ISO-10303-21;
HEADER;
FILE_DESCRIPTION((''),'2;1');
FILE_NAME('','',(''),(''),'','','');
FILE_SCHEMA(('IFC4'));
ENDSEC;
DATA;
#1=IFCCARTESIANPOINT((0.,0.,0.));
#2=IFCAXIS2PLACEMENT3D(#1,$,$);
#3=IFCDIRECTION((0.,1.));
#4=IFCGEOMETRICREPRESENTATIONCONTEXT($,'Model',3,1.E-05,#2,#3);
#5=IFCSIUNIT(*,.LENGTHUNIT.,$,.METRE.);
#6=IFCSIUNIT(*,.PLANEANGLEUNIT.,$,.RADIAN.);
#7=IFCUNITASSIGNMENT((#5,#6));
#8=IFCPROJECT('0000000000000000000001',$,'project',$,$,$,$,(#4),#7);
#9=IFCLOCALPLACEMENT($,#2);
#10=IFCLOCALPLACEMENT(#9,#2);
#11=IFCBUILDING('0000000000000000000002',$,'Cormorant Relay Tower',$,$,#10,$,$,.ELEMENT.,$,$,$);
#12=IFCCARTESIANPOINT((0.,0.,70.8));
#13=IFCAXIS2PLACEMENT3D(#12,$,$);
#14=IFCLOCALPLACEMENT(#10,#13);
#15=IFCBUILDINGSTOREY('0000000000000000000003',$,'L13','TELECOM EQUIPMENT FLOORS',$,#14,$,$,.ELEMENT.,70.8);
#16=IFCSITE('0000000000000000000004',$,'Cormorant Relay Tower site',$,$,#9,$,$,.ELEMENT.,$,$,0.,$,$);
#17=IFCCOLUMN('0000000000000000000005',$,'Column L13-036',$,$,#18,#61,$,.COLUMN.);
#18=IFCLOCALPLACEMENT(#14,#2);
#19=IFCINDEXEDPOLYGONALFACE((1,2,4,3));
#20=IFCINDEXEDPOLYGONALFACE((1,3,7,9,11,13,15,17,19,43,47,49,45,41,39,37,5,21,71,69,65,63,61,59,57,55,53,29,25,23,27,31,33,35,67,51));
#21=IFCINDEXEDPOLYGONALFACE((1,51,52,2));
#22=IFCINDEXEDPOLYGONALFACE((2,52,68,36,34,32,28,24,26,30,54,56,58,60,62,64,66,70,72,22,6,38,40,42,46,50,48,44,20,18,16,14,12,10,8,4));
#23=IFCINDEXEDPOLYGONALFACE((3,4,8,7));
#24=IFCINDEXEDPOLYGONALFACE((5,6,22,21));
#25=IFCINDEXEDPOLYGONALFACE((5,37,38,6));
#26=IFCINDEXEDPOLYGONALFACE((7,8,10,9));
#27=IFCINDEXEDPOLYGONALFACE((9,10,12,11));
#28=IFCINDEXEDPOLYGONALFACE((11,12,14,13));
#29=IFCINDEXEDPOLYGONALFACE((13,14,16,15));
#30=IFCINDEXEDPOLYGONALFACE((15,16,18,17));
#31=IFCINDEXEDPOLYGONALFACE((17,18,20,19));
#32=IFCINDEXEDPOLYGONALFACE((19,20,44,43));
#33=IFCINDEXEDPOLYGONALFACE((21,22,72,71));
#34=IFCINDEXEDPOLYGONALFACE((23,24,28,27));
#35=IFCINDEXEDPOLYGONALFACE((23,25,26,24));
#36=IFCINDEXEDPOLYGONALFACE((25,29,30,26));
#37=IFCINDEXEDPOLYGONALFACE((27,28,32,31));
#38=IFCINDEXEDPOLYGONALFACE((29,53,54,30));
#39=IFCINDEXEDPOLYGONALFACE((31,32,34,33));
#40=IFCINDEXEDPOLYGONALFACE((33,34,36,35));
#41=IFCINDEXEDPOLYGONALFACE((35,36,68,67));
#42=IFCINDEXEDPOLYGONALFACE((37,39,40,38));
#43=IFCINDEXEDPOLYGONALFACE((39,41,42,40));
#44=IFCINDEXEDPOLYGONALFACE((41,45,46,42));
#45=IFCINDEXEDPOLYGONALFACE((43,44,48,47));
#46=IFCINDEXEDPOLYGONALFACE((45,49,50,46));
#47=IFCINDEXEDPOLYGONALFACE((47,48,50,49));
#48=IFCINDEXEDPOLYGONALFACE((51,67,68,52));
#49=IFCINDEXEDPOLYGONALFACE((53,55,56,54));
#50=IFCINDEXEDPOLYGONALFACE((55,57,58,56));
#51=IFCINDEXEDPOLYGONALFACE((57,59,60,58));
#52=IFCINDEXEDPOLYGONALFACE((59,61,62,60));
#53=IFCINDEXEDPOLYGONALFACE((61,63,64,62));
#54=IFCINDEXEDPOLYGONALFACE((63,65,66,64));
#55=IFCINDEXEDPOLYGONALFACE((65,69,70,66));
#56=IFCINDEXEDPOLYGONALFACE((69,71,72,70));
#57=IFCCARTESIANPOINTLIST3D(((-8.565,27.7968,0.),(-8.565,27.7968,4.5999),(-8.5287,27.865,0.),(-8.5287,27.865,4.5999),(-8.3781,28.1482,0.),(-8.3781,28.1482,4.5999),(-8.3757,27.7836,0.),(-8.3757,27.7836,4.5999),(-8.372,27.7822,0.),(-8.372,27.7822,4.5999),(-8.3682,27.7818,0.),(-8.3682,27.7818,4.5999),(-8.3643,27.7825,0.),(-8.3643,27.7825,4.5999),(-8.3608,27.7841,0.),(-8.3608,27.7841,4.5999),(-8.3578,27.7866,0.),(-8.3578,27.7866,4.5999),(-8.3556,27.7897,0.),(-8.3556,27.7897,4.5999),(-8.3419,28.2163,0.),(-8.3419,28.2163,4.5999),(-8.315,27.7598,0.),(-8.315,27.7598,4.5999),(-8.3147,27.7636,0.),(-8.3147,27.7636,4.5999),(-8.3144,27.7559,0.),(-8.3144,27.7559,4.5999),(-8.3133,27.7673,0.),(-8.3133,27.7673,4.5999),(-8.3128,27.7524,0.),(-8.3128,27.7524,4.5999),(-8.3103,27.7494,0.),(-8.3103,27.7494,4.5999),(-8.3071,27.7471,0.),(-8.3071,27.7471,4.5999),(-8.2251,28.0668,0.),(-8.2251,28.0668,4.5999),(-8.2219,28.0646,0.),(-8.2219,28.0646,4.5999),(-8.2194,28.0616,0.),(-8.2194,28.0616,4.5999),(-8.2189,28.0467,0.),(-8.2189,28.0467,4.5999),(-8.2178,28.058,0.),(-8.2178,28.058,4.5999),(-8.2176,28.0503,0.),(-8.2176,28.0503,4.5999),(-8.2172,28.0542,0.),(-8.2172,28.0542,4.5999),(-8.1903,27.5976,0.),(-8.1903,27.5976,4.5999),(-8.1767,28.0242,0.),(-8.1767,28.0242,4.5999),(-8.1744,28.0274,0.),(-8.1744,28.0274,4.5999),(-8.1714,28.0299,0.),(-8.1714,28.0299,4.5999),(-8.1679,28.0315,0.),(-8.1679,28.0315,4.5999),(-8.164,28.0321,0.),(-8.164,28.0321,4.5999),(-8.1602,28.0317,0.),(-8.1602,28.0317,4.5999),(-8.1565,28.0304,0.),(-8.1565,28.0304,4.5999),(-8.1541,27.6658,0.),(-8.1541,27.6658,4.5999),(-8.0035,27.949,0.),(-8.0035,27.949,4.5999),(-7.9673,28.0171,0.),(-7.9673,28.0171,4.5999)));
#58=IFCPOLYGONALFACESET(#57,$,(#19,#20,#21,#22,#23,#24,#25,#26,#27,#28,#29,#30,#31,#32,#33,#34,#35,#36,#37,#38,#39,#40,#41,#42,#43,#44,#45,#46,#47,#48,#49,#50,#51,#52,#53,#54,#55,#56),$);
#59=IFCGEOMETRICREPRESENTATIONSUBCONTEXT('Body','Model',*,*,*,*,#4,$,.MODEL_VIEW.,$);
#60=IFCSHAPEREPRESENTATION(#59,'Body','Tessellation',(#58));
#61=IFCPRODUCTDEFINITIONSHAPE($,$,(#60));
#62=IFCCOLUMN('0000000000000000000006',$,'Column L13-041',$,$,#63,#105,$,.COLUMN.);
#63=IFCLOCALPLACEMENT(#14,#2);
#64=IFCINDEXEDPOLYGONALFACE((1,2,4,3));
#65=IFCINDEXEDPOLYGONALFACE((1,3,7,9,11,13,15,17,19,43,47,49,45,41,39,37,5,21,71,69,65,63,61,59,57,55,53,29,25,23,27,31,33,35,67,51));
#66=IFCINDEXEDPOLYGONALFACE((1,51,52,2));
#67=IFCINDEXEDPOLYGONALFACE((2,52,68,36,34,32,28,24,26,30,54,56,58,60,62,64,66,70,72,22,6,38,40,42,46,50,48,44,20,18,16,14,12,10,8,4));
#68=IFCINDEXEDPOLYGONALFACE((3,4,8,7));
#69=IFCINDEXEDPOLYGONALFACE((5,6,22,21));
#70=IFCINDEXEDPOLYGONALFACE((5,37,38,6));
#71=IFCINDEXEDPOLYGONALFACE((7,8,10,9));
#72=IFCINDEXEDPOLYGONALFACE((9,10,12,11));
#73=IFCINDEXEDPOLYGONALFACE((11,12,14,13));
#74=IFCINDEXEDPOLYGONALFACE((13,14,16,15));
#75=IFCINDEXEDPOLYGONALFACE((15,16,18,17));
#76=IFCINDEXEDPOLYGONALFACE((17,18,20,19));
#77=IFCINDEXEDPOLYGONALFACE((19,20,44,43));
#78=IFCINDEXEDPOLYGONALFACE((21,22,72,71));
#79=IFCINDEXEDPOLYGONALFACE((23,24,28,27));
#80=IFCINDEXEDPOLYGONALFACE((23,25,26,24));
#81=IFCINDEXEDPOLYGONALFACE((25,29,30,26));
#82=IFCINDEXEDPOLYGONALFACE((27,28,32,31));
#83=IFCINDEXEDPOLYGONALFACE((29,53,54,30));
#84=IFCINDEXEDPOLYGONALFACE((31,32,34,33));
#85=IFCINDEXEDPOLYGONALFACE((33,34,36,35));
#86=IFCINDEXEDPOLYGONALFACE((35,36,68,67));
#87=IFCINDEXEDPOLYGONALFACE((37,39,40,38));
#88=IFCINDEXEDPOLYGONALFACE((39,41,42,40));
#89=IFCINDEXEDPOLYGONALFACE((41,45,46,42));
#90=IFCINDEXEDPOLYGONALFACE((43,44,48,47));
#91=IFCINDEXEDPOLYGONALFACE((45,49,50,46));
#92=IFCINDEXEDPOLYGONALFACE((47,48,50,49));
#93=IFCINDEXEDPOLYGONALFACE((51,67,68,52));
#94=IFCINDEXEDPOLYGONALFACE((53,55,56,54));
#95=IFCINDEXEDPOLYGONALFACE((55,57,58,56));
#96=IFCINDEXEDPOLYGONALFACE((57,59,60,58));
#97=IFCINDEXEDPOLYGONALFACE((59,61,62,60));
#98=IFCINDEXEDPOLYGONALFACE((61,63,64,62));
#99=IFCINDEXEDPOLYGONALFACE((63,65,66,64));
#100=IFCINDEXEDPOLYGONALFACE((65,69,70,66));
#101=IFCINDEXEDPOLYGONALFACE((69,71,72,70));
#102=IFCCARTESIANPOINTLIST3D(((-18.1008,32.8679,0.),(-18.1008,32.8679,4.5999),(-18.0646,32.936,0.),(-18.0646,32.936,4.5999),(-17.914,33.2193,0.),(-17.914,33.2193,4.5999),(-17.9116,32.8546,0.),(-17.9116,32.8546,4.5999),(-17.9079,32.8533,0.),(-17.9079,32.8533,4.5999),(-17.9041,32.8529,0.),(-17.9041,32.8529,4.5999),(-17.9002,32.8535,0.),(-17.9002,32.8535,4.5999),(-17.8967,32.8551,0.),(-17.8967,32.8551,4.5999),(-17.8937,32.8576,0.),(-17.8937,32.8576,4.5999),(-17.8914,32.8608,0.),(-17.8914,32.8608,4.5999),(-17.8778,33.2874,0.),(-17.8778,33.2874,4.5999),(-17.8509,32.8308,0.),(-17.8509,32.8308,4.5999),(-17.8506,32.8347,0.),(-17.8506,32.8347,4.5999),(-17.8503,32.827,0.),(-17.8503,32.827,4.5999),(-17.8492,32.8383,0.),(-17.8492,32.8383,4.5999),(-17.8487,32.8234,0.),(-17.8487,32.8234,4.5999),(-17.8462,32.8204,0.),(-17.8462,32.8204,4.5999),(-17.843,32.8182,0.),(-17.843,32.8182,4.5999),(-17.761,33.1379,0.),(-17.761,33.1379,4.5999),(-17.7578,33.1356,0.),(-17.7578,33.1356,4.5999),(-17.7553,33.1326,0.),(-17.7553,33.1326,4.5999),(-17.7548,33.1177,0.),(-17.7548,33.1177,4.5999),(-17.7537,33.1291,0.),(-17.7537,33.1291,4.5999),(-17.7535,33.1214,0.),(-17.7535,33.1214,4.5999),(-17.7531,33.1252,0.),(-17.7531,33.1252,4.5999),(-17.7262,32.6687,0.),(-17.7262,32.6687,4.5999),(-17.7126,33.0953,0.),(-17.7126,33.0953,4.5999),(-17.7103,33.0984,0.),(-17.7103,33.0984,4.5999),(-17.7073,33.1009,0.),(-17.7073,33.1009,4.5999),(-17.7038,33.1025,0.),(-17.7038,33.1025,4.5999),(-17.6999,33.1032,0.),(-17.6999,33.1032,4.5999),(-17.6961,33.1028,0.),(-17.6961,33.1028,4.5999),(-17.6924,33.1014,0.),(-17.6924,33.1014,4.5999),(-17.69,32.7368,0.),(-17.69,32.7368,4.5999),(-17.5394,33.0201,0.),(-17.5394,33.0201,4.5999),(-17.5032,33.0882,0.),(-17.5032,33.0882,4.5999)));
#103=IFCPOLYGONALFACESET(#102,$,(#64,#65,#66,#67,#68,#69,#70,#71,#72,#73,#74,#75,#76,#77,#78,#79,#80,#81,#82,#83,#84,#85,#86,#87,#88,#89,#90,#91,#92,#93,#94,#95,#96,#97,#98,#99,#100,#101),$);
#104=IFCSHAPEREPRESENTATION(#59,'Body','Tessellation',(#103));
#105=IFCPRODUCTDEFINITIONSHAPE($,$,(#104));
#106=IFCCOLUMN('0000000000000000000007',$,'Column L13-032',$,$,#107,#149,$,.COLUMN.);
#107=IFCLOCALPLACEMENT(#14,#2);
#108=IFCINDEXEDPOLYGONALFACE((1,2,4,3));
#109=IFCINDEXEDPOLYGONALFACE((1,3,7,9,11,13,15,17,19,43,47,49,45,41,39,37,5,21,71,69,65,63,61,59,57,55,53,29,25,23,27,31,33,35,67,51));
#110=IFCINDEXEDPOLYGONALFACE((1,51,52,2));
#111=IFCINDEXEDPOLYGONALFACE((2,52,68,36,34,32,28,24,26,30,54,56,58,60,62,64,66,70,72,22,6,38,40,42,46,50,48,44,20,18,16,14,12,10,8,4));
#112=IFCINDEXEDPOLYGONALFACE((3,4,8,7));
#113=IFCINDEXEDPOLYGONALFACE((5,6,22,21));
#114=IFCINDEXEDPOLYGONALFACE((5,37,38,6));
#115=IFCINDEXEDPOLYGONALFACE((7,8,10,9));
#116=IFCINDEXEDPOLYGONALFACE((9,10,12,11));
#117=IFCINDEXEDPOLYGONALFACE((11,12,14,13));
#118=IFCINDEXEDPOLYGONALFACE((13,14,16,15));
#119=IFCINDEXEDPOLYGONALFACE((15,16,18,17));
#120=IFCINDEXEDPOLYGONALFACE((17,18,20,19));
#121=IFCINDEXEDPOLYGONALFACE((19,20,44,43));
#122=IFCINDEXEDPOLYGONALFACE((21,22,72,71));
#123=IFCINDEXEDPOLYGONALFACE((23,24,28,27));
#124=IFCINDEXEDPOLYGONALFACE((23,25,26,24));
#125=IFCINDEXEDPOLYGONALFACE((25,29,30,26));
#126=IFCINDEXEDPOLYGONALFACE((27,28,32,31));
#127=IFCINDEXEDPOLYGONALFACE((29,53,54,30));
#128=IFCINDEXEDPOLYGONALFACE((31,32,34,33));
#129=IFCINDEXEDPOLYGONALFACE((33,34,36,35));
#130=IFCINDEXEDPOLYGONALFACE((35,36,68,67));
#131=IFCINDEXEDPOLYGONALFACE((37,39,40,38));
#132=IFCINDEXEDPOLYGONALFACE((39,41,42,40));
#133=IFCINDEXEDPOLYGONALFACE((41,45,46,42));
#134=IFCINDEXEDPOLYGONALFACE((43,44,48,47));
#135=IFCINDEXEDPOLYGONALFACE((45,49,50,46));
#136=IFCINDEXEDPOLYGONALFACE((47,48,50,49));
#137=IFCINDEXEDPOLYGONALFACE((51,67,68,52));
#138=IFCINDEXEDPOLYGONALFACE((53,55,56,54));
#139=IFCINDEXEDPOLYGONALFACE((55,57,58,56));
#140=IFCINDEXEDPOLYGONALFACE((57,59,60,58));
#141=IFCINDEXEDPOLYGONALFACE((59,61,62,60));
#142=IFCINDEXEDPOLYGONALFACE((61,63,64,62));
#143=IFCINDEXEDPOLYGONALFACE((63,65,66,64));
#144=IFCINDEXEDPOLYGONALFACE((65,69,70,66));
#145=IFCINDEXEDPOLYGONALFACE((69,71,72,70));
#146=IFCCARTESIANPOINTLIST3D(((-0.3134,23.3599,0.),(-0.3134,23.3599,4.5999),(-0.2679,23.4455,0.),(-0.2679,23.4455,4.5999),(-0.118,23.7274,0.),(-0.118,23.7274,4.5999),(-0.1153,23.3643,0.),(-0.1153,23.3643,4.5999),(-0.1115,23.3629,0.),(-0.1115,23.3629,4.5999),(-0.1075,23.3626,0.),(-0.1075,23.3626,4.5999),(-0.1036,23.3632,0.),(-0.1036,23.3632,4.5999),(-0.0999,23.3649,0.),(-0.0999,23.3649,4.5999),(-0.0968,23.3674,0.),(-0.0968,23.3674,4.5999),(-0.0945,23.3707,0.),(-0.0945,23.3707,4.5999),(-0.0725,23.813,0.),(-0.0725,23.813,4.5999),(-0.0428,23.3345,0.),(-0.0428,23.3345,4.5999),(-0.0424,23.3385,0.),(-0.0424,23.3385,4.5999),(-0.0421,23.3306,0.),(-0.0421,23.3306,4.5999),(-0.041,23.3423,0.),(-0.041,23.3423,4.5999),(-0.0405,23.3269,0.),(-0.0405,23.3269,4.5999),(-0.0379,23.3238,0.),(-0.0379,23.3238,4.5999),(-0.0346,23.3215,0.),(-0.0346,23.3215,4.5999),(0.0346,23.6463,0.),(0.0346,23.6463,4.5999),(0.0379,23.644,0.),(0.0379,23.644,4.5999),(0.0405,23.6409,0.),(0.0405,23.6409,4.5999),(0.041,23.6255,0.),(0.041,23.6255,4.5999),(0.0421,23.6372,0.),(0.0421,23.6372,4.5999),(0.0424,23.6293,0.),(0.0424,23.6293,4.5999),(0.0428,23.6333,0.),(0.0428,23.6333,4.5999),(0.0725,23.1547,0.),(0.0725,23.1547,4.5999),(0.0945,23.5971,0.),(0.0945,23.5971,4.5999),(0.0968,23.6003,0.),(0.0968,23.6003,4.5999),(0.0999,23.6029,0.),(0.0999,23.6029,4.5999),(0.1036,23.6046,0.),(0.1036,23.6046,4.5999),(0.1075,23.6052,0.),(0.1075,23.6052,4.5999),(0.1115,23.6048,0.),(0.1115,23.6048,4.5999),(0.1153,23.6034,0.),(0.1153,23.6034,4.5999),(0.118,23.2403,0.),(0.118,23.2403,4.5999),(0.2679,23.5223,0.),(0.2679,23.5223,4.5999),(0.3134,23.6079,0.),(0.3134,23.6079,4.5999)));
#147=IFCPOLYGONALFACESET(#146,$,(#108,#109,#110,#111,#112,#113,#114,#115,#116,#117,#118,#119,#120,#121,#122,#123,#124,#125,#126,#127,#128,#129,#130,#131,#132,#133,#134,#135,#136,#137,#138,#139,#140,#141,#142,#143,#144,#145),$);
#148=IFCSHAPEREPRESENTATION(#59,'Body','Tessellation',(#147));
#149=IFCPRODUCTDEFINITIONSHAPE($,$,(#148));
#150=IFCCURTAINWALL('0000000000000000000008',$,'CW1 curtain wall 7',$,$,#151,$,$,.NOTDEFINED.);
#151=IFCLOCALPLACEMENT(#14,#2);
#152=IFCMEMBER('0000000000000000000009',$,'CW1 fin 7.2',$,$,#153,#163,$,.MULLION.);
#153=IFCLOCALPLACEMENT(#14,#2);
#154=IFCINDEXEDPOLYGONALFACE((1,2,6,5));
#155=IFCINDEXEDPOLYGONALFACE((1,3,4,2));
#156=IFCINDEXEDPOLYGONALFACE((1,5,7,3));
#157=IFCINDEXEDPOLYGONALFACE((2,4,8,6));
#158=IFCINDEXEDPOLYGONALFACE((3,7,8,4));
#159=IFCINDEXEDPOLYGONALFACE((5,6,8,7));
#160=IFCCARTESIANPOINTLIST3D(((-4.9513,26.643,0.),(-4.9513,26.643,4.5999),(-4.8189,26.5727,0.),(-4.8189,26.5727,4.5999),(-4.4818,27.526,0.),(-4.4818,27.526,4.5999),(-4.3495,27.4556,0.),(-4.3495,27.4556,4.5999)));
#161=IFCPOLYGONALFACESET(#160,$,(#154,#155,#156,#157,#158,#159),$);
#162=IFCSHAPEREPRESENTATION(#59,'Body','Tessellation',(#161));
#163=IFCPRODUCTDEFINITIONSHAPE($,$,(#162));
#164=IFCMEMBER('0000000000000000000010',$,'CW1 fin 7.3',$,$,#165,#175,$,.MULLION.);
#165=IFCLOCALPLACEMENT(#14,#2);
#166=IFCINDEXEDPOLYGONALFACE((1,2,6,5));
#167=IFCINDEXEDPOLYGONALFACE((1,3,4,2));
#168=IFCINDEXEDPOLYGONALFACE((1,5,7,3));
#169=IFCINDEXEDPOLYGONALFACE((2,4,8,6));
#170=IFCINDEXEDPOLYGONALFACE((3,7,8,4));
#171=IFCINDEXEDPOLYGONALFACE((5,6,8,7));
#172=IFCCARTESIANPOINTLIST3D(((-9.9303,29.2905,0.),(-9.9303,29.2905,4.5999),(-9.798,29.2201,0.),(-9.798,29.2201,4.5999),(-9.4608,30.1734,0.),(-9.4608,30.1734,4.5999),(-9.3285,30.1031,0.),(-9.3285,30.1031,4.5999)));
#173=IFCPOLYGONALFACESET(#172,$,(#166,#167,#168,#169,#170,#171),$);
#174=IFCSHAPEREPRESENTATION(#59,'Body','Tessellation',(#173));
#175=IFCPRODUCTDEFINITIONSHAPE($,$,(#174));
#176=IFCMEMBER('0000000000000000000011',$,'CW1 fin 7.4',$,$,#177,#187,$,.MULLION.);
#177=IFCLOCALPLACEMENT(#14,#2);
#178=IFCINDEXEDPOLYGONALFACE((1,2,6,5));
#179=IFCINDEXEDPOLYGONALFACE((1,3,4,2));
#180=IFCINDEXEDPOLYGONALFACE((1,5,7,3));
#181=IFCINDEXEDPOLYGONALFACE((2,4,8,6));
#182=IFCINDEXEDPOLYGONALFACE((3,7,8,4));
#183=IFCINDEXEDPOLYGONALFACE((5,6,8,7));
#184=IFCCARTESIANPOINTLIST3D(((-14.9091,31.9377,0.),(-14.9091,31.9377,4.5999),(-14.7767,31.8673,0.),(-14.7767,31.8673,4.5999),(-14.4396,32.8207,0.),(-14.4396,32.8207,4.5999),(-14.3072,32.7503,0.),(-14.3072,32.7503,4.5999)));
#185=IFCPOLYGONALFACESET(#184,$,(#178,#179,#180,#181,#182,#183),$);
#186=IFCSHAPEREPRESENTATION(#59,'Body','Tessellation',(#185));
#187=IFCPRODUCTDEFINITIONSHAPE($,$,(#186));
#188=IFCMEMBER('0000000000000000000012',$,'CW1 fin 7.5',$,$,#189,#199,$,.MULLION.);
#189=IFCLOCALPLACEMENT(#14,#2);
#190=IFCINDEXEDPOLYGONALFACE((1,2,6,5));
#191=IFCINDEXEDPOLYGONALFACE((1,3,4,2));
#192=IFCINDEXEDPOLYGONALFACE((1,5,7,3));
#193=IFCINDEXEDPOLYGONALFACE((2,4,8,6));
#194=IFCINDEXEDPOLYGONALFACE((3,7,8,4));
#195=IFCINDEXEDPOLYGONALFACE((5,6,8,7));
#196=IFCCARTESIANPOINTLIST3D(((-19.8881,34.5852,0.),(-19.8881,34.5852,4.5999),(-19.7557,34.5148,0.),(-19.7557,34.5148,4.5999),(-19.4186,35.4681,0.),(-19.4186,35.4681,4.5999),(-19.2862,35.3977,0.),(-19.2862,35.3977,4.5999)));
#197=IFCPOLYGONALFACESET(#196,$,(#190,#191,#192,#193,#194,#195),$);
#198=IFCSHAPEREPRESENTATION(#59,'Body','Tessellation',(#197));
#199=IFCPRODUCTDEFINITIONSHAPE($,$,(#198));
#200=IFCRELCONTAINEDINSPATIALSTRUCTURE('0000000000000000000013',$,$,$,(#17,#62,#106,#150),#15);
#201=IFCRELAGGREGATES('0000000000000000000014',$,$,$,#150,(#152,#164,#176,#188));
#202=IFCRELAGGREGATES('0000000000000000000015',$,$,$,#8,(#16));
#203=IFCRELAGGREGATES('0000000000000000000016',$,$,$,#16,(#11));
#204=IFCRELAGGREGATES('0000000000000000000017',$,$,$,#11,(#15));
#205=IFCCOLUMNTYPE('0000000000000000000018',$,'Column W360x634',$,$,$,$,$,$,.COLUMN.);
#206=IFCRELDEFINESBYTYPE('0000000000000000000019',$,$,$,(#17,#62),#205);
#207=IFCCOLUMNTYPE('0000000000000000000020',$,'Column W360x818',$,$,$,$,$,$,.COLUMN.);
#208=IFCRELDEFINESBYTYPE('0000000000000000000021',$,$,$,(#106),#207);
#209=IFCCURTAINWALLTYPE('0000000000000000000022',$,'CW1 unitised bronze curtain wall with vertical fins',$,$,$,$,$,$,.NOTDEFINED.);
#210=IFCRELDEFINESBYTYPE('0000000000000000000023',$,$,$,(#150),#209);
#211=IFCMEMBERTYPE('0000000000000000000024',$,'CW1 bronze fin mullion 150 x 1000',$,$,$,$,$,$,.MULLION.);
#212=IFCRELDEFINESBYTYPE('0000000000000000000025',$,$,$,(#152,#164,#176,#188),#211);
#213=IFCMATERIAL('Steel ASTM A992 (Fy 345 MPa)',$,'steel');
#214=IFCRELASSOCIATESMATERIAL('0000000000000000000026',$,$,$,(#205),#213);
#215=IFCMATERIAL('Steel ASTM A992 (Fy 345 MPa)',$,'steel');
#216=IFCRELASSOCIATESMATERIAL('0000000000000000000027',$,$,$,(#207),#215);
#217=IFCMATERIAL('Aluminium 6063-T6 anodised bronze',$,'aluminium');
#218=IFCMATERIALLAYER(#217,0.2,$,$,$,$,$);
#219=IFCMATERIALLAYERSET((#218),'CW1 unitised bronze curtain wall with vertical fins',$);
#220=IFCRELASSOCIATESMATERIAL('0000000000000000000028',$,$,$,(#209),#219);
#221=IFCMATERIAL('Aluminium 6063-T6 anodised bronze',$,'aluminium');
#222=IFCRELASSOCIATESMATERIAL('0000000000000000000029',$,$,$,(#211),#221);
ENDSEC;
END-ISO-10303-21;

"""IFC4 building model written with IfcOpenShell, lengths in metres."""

from ifc_helpers import new_model, si_unit, direction, frame, origin, origin_2d, place, context, subcontext, project, spatial, rectangle, i_section, extrude, material, layer, layer_set, material_profile, profile_set, type_object, element, aggregate, save


model = new_model("IFC4")

# Units and contexts
model_context = context("Model", 3, precision=1e-05, world=origin(), true_north=direction((0.0, 1.0)))
body_context = subcontext(model_context, "Body", "Model", "MODEL_VIEW")
ifc_project = project(units=[si_unit("LENGTHUNIT", "METRE"), si_unit("PLANEANGLEUNIT", "RADIAN")], contexts=[model_context])

# Site, building, storey
site_placement = place(None, origin())
site = spatial("IfcSite", under=ifc_project, at=site_placement, Name="Cormorant Relay Tower site", CompositionType="ELEMENT", RefElevation=0.0)
building_placement = place(site_placement, origin())
building = spatial("IfcBuilding", under=site, at=building_placement, Name="Cormorant Relay Tower", CompositionType="ELEMENT")
storey_placement = place(building_placement, frame((0.0, 0.0, 70.8)))
storey = spatial("IfcBuildingStorey", under=building, at=storey_placement, Name="L13", Description="TELECOM EQUIPMENT FLOORS", CompositionType="ELEMENT", Elevation=70.8)

# Columns
ifc_material_1 = material(Name="Steel ASTM A992 (Fy 345 MPa)", Category="steel")
ifc_material_profile_1 = material_profile(ifc_material_1, i_section(OverallWidth=0.4243, OverallDepth=0.4751, WebThickness=0.0479, FlangeThickness=0.0771, FilletRadius=0.0149, at=origin_2d()), Name="W360x634")
ifc_profile_set_1 = profile_set([ifc_material_profile_1], Name="Steel ASTM A992 (Fy 345 MPa)")
column_type_1 = type_object("IfcColumnType", Name="Column W360x634", PredefinedType="COLUMN", material=ifc_profile_set_1)
for number, where, z_axis, x_axis, name in (
    (1, (-8.2661, 27.907, 0.0), (0.0, 0.0, 1.0), (-0.882948, 0.469472, 0.0), "Column L13-036"),
    (2, (-17.802, 32.978, 0.0), (0.0, 0.0, 1.0), (-0.882948, 0.469472, 0.0), "Column L13-041"),
):
    element("IfcColumn", number, at=place(storey_placement, frame(where, z_axis=z_axis, x_axis=x_axis)), inside=storey, type_object=column_type_1, Name=name, PredefinedType="COLUMN", context=body_context, shape_type="SweptSolid", body=[
        extrude(i_section(OverallWidth=0.4243, OverallDepth=0.4751, WebThickness=0.0479, FlangeThickness=0.0771, FilletRadius=0.0149, at=origin_2d()), origin(), (0.0, 0.0, 1.0), 4.5999),
    ])
ifc_material_2 = material(Name="Steel ASTM A992 (Fy 345 MPa)", Category="steel")
ifc_material_profile_2 = material_profile(ifc_material_2, i_section(OverallWidth=0.437, OverallDepth=0.5132, WebThickness=0.0605, FlangeThickness=0.0969, FilletRadius=0.0154, at=origin_2d()), Name="W360x818")
ifc_profile_set_2 = profile_set([ifc_material_profile_2], Name="Steel ASTM A992 (Fy 345 MPa)")
column_type_2 = type_object("IfcColumnType", Name="Column W360x818", PredefinedType="COLUMN", material=ifc_profile_set_2)
column_placement = place(storey_placement, frame((0.0, 23.4839, 0.0), z_axis=(0.0, 0.0, 1.0), x_axis=(-0.882948, 0.469472, 0.0)))
element("IfcColumn", 3, at=column_placement, inside=storey, type_object=column_type_2, Name="Column L13-032", PredefinedType="COLUMN", context=body_context, shape_type="SweptSolid", body=[
    extrude(i_section(OverallWidth=0.437, OverallDepth=0.5132, WebThickness=0.0605, FlangeThickness=0.0969, FilletRadius=0.0154, at=origin_2d()), origin(), (0.0, 0.0, 1.0), 4.5999),
])

# Curtain wall, members
ifc_material_3 = material(Name="Aluminium 6063-T6 anodised bronze", Category="aluminium")
ifc_layer_1 = layer(ifc_material_3, 0.2)
ifc_layer_set_1 = layer_set([ifc_layer_1], Name="CW1 unitised bronze curtain wall with vertical fins")
curtain_wall_type = type_object("IfcCurtainWallType", Name="CW1 unitised bronze curtain wall with vertical fins", PredefinedType="NOTDEFINED", material=ifc_layer_set_1)
curtain_wall_placement = place(storey_placement, origin())
curtain_wall = element("IfcCurtainWall", 4, at=curtain_wall_placement, inside=storey, type_object=curtain_wall_type, Name="CW1 curtain wall 7", PredefinedType="NOTDEFINED")
ifc_material_4 = material(Name="Aluminium 6063-T6 anodised bronze", Category="aluminium")
ifc_material_profile_3 = material_profile(ifc_material_4, rectangle(XDim=0.1499, YDim=1.0, at=origin_2d()), Name="AL 150x1000")
ifc_profile_set_3 = profile_set([ifc_material_profile_3], Name="Aluminium 6063-T6 anodised bronze")
member_type = type_object("IfcMemberType", Name="CW1 bronze fin mullion 150 x 1000", PredefinedType="MULLION", material=ifc_profile_set_3)
member_1_placement = place(storey_placement, frame((-4.6504, 27.0493, 0.0), z_axis=(0.0, 0.0, 1.0), x_axis=(-0.882948, 0.469472, 0.0)))
member_1 = element("IfcMember", 5, at=member_1_placement, type_object=member_type, Name="CW1 fin 7.2", PredefinedType="MULLION", context=body_context, shape_type="SweptSolid", body=[
    extrude(rectangle(XDim=0.1499, YDim=1.0, at=origin_2d()), origin(), (0.0, 0.0, 1.0), 4.5999),
])
member_2_placement = place(storey_placement, frame((-9.6294, 29.6968, 0.0), z_axis=(0.0, 0.0, 1.0), x_axis=(-0.882948, 0.469472, 0.0)))
member_2 = element("IfcMember", 6, at=member_2_placement, type_object=member_type, Name="CW1 fin 7.3", PredefinedType="MULLION", context=body_context, shape_type="SweptSolid", body=[
    extrude(rectangle(XDim=0.1499, YDim=1.0, at=origin_2d()), origin(), (0.0, 0.0, 1.0), 4.5999),
])
member_3_placement = place(storey_placement, frame((-14.6082, 32.344, 0.0), z_axis=(0.0, 0.0, 1.0), x_axis=(-0.882948, 0.469472, 0.0)))
member_3 = element("IfcMember", 7, at=member_3_placement, type_object=member_type, Name="CW1 fin 7.4", PredefinedType="MULLION", context=body_context, shape_type="SweptSolid", body=[
    extrude(rectangle(XDim=0.1499, YDim=1.0, at=origin_2d()), origin(), (0.0, 0.0, 1.0), 4.5999),
])
member_4_placement = place(storey_placement, frame((-19.5872, 34.9915, 0.0), z_axis=(0.0, 0.0, 1.0), x_axis=(-0.882948, 0.469472, 0.0)))
member_4 = element("IfcMember", 8, at=member_4_placement, type_object=member_type, Name="CW1 fin 7.5", PredefinedType="MULLION", context=body_context, shape_type="SweptSolid", body=[
    extrude(rectangle(XDim=0.1499, YDim=1.0, at=origin_2d()), origin(), (0.0, 0.0, 1.0), 4.5999),
])

aggregate(curtain_wall, [member_1, member_2, member_3, member_4])

save(model, "model.ifc")
